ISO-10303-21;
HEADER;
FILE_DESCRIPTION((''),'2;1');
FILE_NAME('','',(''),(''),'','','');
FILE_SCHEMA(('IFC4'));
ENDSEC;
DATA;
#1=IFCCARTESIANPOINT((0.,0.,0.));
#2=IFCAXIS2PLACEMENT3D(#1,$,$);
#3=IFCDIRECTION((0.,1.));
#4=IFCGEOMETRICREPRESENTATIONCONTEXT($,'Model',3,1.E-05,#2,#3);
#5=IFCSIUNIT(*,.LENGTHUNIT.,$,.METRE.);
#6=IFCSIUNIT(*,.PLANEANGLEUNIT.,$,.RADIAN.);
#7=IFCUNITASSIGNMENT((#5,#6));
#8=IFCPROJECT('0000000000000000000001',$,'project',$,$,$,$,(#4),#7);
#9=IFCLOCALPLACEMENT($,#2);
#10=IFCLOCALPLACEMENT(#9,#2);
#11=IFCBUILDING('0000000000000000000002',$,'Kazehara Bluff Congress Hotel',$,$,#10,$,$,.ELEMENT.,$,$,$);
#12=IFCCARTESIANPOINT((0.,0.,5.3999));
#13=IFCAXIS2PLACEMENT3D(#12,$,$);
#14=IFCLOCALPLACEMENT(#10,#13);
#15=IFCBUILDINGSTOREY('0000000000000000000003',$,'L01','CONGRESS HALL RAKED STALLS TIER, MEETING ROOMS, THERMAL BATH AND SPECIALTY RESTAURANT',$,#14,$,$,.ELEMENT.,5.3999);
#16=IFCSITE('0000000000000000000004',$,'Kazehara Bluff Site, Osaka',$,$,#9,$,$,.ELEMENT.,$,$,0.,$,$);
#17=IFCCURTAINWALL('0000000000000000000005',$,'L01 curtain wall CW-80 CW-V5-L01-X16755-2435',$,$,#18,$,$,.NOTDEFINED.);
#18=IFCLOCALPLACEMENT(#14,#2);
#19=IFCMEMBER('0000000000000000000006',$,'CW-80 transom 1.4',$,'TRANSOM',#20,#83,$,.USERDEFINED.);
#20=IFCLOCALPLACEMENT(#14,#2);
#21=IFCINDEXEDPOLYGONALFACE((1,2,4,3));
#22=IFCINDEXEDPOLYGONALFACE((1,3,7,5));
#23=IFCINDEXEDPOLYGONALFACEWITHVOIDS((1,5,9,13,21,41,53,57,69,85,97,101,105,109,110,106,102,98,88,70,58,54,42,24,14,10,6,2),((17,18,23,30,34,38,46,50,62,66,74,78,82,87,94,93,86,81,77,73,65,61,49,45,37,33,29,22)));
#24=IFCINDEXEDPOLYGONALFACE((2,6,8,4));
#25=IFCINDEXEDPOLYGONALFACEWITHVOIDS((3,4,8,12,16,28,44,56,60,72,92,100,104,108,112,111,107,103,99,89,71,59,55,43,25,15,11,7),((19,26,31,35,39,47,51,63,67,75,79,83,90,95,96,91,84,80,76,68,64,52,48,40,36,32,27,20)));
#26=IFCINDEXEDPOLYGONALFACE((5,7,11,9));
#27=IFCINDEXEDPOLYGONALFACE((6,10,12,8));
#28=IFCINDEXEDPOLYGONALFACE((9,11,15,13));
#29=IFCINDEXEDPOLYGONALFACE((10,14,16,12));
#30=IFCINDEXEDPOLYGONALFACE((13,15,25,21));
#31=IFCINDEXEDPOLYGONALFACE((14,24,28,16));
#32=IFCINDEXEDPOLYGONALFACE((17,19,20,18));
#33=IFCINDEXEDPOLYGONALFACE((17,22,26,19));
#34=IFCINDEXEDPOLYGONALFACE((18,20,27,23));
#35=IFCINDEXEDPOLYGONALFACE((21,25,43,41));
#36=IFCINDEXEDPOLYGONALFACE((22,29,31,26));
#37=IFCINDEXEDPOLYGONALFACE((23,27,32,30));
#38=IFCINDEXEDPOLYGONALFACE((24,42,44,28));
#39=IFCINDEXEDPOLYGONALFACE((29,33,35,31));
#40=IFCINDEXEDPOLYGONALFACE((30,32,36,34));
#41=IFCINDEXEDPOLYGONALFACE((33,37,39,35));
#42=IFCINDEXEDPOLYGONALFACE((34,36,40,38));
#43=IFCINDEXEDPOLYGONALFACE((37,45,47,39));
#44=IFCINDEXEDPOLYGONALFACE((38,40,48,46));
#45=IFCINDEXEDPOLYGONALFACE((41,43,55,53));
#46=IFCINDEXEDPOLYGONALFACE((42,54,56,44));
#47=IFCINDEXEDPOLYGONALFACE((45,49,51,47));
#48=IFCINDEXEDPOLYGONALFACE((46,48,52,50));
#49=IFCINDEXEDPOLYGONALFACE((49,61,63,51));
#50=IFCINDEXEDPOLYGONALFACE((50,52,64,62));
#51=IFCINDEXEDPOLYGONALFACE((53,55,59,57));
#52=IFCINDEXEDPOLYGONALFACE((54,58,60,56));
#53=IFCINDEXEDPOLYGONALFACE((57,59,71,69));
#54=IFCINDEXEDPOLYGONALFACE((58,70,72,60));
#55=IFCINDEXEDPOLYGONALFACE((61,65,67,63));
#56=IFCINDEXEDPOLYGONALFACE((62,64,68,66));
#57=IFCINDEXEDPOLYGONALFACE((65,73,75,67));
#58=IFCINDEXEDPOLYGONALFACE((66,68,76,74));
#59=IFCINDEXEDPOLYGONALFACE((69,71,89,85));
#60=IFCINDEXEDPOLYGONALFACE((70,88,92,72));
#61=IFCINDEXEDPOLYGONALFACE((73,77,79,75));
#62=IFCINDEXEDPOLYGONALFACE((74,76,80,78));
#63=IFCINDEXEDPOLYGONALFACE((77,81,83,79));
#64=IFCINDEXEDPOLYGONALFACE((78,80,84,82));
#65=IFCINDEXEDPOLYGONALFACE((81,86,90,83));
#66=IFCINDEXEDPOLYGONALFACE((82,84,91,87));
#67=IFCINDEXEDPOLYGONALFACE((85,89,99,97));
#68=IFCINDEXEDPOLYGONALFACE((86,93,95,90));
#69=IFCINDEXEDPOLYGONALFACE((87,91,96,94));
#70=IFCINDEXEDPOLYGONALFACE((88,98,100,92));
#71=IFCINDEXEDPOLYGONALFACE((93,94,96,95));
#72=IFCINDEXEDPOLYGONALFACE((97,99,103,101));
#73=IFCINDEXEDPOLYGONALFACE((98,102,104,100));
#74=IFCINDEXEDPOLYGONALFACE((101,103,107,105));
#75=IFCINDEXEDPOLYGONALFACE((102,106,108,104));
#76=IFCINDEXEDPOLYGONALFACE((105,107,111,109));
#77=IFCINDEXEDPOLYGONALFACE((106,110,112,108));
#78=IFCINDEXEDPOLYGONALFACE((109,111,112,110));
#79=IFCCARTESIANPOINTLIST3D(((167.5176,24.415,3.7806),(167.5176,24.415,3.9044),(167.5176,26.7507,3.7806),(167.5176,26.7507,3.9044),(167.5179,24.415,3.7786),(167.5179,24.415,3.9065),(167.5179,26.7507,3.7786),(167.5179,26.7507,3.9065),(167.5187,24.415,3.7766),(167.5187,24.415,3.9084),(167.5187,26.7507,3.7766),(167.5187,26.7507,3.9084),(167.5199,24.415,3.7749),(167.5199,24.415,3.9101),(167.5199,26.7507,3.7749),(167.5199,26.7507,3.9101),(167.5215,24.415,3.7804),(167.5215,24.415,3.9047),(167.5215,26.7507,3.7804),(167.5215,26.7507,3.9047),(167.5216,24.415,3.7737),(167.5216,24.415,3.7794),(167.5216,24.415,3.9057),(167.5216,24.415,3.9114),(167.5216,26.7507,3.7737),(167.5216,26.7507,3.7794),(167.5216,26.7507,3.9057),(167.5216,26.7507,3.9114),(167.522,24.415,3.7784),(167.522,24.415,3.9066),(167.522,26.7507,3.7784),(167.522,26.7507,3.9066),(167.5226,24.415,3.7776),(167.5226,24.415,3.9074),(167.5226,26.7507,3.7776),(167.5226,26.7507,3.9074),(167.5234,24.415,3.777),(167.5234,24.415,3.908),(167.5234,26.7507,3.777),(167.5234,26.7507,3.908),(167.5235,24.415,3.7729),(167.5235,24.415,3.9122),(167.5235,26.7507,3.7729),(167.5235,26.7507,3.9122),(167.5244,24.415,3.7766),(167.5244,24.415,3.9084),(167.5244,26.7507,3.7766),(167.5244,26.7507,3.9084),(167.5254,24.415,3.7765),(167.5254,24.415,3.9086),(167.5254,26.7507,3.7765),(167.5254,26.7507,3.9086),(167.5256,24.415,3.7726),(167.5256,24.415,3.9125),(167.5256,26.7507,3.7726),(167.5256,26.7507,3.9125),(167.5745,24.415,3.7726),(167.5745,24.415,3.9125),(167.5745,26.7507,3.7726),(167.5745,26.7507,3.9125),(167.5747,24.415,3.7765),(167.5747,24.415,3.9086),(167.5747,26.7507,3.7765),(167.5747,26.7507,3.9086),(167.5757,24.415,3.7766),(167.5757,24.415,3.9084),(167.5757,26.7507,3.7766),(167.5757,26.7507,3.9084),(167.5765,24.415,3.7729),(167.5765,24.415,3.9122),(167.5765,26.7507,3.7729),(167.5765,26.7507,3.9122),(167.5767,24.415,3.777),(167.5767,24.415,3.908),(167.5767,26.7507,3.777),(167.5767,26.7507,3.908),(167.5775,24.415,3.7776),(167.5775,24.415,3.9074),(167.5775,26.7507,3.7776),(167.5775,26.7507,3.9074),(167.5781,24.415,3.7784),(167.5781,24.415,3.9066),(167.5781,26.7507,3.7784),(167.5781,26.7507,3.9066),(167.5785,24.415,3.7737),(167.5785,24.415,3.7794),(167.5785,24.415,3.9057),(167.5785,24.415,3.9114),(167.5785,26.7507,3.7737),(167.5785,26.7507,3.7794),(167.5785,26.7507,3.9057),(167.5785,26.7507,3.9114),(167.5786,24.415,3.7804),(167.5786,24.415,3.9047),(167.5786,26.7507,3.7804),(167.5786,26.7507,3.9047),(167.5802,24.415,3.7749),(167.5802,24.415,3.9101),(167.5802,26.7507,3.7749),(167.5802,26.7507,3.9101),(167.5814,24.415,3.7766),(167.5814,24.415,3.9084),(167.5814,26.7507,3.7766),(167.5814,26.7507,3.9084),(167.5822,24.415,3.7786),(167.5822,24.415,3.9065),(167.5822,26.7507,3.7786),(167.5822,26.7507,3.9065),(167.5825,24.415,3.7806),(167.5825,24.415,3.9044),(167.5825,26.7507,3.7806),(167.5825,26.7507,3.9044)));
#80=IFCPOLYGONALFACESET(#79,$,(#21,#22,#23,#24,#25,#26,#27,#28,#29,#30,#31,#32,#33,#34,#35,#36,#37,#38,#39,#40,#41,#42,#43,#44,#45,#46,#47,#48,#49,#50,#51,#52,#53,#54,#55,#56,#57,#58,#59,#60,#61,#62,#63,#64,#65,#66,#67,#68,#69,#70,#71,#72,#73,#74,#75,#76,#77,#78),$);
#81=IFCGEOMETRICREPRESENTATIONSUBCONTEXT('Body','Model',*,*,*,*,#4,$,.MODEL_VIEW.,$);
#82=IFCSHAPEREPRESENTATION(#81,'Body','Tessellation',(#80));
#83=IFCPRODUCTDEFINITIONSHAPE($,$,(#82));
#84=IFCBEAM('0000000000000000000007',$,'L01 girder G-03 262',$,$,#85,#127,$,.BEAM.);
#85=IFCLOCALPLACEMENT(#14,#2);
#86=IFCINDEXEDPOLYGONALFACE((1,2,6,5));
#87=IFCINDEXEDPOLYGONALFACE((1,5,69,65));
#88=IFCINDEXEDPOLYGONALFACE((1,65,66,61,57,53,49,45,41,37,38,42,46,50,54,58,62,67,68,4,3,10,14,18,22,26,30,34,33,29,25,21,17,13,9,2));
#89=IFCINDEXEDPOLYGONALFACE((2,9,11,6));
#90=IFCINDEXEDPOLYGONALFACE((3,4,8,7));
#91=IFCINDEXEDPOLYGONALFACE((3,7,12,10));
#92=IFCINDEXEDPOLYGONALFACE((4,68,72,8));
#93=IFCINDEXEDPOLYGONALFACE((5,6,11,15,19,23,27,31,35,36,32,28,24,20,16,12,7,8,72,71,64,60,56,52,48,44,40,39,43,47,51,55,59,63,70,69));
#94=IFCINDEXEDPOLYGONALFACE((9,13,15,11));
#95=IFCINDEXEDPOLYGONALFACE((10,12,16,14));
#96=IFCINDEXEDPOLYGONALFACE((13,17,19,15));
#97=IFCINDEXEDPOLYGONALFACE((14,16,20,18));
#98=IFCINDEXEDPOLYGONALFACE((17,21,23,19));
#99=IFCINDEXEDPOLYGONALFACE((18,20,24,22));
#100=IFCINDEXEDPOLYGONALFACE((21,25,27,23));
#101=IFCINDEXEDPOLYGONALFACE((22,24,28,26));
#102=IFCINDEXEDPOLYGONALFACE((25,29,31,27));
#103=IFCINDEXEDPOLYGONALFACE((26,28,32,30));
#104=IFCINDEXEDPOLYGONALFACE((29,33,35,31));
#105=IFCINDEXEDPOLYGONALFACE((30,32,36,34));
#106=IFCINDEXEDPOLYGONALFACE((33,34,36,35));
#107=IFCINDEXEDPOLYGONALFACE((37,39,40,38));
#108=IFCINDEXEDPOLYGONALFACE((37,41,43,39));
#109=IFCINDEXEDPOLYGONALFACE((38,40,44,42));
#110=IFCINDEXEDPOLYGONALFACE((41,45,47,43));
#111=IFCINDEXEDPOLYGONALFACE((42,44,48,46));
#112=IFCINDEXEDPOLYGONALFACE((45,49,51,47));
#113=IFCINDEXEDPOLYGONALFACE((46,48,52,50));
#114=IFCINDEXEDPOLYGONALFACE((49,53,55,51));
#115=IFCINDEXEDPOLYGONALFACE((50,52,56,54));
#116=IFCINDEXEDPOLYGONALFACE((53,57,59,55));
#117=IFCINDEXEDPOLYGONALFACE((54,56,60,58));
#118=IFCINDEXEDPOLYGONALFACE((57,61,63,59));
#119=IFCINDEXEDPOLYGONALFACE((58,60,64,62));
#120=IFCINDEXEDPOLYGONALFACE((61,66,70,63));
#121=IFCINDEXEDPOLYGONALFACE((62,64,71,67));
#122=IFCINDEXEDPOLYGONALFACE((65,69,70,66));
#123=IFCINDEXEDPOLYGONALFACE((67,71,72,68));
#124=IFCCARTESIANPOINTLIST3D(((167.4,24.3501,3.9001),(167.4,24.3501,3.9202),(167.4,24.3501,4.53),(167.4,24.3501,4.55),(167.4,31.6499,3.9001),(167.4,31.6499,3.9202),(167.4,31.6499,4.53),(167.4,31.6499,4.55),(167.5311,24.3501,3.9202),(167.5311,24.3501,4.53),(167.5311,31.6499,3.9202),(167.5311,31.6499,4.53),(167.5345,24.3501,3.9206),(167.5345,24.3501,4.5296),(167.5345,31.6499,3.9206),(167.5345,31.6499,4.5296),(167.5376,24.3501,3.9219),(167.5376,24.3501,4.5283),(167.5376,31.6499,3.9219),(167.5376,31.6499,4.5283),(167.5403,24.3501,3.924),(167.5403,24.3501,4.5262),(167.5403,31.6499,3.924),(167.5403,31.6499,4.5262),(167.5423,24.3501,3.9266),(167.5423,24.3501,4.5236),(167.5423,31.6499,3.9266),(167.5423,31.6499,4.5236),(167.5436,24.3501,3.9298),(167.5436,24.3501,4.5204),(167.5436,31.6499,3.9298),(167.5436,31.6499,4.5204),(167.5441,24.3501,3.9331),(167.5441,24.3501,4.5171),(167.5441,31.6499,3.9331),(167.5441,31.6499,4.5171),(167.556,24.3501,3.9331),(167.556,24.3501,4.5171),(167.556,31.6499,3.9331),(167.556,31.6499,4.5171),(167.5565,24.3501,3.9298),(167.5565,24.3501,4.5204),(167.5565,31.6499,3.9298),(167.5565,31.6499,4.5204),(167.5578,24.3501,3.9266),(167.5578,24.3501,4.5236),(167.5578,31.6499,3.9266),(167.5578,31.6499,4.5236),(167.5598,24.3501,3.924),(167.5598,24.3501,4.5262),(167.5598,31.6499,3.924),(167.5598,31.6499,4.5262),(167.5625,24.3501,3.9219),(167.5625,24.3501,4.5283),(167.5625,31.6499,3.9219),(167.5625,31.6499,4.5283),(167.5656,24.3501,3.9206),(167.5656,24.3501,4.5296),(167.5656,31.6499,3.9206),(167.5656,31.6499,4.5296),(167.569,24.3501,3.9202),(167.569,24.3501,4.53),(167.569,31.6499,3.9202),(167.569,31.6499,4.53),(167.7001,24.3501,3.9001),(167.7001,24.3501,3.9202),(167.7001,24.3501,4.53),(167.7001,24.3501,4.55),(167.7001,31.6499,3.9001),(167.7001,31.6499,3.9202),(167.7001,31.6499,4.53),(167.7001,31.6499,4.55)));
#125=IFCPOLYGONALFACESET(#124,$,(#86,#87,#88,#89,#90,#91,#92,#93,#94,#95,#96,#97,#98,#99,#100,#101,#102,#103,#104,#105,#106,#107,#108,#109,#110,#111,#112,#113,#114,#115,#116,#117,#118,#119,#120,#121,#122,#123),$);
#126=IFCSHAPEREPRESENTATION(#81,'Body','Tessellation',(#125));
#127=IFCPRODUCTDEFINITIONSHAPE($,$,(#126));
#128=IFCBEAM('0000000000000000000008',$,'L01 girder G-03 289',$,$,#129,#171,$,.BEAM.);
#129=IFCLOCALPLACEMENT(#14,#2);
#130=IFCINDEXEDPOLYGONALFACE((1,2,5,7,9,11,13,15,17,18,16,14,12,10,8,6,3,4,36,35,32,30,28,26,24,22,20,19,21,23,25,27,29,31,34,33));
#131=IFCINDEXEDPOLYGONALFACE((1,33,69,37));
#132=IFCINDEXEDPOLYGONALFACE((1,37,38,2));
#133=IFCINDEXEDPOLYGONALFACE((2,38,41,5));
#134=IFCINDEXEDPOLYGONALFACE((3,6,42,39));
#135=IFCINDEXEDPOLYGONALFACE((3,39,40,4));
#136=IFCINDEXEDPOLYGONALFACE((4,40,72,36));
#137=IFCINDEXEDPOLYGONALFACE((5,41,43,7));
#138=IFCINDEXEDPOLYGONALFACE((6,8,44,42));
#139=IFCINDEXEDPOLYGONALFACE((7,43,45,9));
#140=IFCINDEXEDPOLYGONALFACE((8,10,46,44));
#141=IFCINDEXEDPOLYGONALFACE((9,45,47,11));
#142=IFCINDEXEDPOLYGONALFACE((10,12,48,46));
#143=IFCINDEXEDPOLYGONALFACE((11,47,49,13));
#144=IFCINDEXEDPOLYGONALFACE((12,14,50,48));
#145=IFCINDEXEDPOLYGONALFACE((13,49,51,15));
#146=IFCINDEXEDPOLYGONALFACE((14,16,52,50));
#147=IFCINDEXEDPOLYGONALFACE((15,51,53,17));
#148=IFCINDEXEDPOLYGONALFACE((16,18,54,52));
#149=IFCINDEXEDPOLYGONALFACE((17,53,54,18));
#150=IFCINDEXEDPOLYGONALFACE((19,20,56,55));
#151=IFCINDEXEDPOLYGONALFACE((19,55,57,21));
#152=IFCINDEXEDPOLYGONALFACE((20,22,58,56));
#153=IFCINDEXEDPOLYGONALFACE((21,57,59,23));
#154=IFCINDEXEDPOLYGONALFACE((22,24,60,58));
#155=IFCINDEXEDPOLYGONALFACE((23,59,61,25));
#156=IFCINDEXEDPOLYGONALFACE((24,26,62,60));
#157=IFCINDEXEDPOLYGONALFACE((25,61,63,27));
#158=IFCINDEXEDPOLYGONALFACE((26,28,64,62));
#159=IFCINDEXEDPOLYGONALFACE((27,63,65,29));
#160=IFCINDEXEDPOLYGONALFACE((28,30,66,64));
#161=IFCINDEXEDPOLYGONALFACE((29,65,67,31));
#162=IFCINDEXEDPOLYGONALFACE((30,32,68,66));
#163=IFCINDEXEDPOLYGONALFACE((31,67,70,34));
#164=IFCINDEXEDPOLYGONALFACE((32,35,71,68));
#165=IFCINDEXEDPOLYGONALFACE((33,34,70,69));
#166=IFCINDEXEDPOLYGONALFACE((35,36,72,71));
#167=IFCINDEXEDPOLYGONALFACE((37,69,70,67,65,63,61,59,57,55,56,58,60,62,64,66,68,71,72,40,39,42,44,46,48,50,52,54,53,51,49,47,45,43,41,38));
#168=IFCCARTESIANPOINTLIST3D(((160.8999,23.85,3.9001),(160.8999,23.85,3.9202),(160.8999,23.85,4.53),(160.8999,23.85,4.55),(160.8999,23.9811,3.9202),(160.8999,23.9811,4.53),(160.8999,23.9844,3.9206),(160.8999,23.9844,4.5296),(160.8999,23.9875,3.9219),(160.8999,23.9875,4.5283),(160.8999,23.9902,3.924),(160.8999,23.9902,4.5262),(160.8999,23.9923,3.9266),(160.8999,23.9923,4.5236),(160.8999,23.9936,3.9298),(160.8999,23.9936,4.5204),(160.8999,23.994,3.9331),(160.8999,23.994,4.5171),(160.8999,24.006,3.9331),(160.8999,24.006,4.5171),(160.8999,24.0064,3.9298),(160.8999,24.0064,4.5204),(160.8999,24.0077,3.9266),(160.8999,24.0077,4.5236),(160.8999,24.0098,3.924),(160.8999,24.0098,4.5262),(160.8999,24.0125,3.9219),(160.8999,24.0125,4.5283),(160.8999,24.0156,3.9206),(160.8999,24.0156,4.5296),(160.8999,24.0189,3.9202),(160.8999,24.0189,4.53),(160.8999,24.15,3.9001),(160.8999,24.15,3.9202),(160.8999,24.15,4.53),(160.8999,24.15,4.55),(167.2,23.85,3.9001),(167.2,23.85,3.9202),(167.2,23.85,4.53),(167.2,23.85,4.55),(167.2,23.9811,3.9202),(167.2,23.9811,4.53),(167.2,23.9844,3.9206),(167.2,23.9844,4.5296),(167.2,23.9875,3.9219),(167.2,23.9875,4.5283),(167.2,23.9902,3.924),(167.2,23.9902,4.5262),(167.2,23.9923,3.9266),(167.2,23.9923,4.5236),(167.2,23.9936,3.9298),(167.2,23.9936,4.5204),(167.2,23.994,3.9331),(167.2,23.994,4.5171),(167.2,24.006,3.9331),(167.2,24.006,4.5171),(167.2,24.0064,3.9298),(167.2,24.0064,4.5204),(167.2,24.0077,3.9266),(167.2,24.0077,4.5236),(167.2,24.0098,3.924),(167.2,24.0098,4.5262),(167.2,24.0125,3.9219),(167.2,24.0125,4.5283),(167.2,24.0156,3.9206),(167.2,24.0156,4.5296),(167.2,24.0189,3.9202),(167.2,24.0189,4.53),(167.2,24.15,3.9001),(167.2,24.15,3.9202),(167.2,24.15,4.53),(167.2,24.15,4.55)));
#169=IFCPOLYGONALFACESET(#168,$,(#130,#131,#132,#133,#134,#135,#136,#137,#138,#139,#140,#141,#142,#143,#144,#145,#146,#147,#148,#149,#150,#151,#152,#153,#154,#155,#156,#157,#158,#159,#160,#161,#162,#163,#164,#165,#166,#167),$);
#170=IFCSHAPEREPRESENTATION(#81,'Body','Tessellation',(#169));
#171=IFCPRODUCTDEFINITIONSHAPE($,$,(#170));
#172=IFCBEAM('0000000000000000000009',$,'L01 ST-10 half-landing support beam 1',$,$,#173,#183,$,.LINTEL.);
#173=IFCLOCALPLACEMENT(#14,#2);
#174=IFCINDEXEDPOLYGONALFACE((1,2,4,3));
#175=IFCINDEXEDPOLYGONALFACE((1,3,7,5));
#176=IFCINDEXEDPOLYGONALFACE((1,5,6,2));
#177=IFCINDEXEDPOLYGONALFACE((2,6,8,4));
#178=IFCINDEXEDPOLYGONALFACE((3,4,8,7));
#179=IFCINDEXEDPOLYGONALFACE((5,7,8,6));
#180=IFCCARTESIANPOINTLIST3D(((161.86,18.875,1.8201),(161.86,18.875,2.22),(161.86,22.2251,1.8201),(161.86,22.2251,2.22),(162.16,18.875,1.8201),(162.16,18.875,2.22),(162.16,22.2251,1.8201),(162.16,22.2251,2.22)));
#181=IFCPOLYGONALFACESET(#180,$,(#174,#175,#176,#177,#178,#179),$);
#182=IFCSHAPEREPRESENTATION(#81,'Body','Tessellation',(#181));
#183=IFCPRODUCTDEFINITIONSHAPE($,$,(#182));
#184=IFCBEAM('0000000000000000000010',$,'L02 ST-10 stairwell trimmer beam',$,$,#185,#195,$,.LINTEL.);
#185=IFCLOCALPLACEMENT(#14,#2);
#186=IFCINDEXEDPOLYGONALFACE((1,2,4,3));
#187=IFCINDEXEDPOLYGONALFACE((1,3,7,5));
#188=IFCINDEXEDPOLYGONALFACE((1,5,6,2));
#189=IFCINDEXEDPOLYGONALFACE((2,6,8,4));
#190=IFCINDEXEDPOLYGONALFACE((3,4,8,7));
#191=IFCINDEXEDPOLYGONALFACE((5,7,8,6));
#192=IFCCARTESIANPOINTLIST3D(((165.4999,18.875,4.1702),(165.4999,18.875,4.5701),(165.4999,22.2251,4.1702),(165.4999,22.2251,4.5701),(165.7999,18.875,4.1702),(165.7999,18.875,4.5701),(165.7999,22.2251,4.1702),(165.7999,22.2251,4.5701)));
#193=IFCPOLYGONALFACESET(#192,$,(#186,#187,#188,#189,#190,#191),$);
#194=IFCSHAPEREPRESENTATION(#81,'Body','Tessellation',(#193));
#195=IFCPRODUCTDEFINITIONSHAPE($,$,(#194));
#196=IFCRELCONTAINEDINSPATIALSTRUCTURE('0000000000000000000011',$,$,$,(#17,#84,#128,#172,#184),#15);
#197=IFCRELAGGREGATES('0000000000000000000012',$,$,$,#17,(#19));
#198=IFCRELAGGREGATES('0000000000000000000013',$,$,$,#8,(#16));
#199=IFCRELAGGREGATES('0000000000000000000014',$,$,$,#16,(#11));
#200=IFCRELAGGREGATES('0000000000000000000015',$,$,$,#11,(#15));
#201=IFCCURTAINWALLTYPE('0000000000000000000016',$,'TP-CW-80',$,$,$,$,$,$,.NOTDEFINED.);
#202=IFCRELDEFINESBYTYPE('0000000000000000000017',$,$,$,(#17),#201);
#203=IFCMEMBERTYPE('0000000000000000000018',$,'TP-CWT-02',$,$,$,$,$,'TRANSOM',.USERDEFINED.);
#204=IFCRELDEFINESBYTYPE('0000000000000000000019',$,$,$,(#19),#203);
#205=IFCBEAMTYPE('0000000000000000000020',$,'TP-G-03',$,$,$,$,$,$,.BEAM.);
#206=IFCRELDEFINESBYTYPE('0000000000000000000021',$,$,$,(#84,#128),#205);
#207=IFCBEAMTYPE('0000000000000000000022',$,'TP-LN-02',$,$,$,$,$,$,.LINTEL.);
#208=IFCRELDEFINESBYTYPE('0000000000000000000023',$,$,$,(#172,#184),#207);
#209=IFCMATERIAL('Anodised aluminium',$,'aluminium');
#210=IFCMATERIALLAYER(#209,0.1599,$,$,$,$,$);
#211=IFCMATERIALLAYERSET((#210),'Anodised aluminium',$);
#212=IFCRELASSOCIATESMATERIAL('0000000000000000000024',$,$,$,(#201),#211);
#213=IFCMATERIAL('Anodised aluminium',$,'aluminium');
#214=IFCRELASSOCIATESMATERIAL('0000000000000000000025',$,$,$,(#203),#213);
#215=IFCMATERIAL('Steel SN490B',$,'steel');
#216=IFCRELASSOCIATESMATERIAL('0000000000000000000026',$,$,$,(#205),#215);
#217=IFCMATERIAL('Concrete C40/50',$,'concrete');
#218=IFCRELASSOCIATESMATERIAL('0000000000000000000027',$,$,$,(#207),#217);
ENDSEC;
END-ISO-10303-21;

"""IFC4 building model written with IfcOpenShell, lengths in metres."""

from ifc_helpers import new_model, si_unit, direction, frame, origin, origin_2d, place, context, subcontext, project, spatial, rectangle, hollow_rectangle, i_section, extrude, material, layer, layer_set, material_profile, profile_set, type_object, element, aggregate, save


model = new_model("IFC4")

# Units and contexts
model_context = context("Model", 3, precision=1e-05, world=origin(), true_north=direction((0.0, 1.0)))
body_context = subcontext(model_context, "Body", "Model", "MODEL_VIEW")
ifc_project = project(units=[si_unit("LENGTHUNIT", "METRE"), si_unit("PLANEANGLEUNIT", "RADIAN")], contexts=[model_context])

# Site, building, storey
site_placement = place(None, origin())
site = spatial("IfcSite", under=ifc_project, at=site_placement, Name="Kazehara Bluff Site, Osaka", CompositionType="ELEMENT", RefElevation=0.0)
building_placement = place(site_placement, origin())
building = spatial("IfcBuilding", under=site, at=building_placement, Name="Kazehara Bluff Congress Hotel", CompositionType="ELEMENT")
storey_placement = place(building_placement, frame((0.0, 0.0, 5.3999)))
storey = spatial("IfcBuildingStorey", under=building, at=storey_placement, Name="L01", Description="CONGRESS HALL RAKED STALLS TIER, MEETING ROOMS, THERMAL BATH AND SPECIALTY RESTAURANT", CompositionType="ELEMENT", Elevation=5.3999)

# Curtain wall
ifc_material_1 = material(Name="Anodised aluminium", Category="aluminium")
ifc_layer_1 = layer(ifc_material_1, 0.1599)
ifc_layer_set_1 = layer_set([ifc_layer_1], Name="Anodised aluminium")
curtain_wall_type_1 = type_object("IfcCurtainWallType", Name="TP-CW-80", PredefinedType="NOTDEFINED", material=ifc_layer_set_1)
curtain_wall_1_placement = place(storey_placement, origin())
curtain_wall_1 = element("IfcCurtainWall", 1, at=curtain_wall_1_placement, inside=storey, type_object=curtain_wall_type_1, Name="L01 curtain wall CW-80 CW-V5-L01-X16755-2435", PredefinedType="NOTDEFINED")

# Member
ifc_material_2 = material(Name="Anodised aluminium", Category="aluminium")
ifc_material_profile_1 = material_profile(ifc_material_2, hollow_rectangle(XDim=0.0649, YDim=0.1399, WallThickness=0.0039, InnerFilletRadius=0.0039, OuterFilletRadius=0.0081, at=origin_2d()))
ifc_profile_set_1 = profile_set([ifc_material_profile_1], Name="Anodised aluminium")
member_type_1 = type_object("IfcMemberType", Name="TP-CWT-02", ElementType="TRANSOM", PredefinedType="USERDEFINED", material=ifc_profile_set_1)
member_1_placement = place(storey_placement, frame((167.55, 24.415, 3.8425), z_axis=(0.0, 1.0, 0.0), x_axis=(-1.0, 0.0, 0.0)))
member_1 = element("IfcMember", 2, at=member_1_placement, type_object=member_type_1, Name="CW-80 transom 1.4", ObjectType="TRANSOM", PredefinedType="USERDEFINED", context=body_context, shape_type="SweptSolid", body=[
    extrude(hollow_rectangle(XDim=0.0649, YDim=0.1399, WallThickness=0.0039, InnerFilletRadius=0.0039, OuterFilletRadius=0.0081, at=origin_2d()), origin(), (0.0, 0.0, 1.0), 2.3357),
])

# Beams
ifc_material_3 = material(Name="Steel SN490B", Category="steel")
ifc_material_profile_2 = material_profile(ifc_material_3, i_section(OverallWidth=0.3, OverallDepth=0.6499, WebThickness=0.012, FlangeThickness=0.02, FilletRadius=0.0129, at=origin_2d()))
ifc_profile_set_2 = profile_set([ifc_material_profile_2], Name="Steel SN490B")
beam_type_1 = type_object("IfcBeamType", Name="TP-G-03", PredefinedType="BEAM", material=ifc_profile_set_2)
beam_1_placement = place(storey_placement, frame((167.55, 24.3501, 4.2251), z_axis=(0.0, 1.0, 0.0), x_axis=(-1.0, 0.0, 0.0)))
element("IfcBeam", 3, at=beam_1_placement, inside=storey, type_object=beam_type_1, Name="L01 girder G-03 262", PredefinedType="BEAM", context=body_context, shape_type="SweptSolid", body=[
    extrude(i_section(OverallWidth=0.3, OverallDepth=0.6499, WebThickness=0.012, FlangeThickness=0.02, FilletRadius=0.0129, at=origin_2d()), origin(), (0.0, 0.0, 1.0), 7.2998),
])
beam_2_placement = place(storey_placement, frame((160.8999, 24.0, 4.2251), z_axis=(1.0, 0.0, 0.0), x_axis=(0.0, 1.0, 0.0)))
element("IfcBeam", 4, at=beam_2_placement, inside=storey, type_object=beam_type_1, Name="L01 girder G-03 289", PredefinedType="BEAM", context=body_context, shape_type="SweptSolid", body=[
    extrude(i_section(OverallWidth=0.3, OverallDepth=0.6499, WebThickness=0.012, FlangeThickness=0.02, FilletRadius=0.0129, at=origin_2d()), origin(), (0.0, 0.0, 1.0), 6.3),
])
ifc_material_4 = material(Name="Concrete C40/50", Category="concrete")
ifc_material_profile_3 = material_profile(ifc_material_4, rectangle(XDim=0.3, YDim=0.3999, at=origin_2d()))
ifc_profile_set_3 = profile_set([ifc_material_profile_3], Name="Concrete C40/50")
beam_type_2 = type_object("IfcBeamType", Name="TP-LN-02", PredefinedType="LINTEL", material=ifc_profile_set_3)
for number, where, z_axis, x_axis, name in (
    (5, (162.01, 22.2251, 2.02), (0.0, -1.0, 0.0), (1.0, 0.0, 0.0), "L01 ST-10 half-landing support beam 1"),
    (6, (165.6499, 22.2251, 4.3701), (0.0, -1.0, 0.0), (1.0, 0.0, 0.0), "L02 ST-10 stairwell trimmer beam"),
):
    element("IfcBeam", number, at=place(storey_placement, frame(where, z_axis=z_axis, x_axis=x_axis)), inside=storey, type_object=beam_type_2, Name=name, PredefinedType="LINTEL", context=body_context, shape_type="SweptSolid", body=[
        extrude(rectangle(XDim=0.3, YDim=0.3999, at=origin_2d()), origin(), (0.0, 0.0, 1.0), 3.3501),
    ])

aggregate(curtain_wall_1, [member_1])

save(model, "model.ifc")
